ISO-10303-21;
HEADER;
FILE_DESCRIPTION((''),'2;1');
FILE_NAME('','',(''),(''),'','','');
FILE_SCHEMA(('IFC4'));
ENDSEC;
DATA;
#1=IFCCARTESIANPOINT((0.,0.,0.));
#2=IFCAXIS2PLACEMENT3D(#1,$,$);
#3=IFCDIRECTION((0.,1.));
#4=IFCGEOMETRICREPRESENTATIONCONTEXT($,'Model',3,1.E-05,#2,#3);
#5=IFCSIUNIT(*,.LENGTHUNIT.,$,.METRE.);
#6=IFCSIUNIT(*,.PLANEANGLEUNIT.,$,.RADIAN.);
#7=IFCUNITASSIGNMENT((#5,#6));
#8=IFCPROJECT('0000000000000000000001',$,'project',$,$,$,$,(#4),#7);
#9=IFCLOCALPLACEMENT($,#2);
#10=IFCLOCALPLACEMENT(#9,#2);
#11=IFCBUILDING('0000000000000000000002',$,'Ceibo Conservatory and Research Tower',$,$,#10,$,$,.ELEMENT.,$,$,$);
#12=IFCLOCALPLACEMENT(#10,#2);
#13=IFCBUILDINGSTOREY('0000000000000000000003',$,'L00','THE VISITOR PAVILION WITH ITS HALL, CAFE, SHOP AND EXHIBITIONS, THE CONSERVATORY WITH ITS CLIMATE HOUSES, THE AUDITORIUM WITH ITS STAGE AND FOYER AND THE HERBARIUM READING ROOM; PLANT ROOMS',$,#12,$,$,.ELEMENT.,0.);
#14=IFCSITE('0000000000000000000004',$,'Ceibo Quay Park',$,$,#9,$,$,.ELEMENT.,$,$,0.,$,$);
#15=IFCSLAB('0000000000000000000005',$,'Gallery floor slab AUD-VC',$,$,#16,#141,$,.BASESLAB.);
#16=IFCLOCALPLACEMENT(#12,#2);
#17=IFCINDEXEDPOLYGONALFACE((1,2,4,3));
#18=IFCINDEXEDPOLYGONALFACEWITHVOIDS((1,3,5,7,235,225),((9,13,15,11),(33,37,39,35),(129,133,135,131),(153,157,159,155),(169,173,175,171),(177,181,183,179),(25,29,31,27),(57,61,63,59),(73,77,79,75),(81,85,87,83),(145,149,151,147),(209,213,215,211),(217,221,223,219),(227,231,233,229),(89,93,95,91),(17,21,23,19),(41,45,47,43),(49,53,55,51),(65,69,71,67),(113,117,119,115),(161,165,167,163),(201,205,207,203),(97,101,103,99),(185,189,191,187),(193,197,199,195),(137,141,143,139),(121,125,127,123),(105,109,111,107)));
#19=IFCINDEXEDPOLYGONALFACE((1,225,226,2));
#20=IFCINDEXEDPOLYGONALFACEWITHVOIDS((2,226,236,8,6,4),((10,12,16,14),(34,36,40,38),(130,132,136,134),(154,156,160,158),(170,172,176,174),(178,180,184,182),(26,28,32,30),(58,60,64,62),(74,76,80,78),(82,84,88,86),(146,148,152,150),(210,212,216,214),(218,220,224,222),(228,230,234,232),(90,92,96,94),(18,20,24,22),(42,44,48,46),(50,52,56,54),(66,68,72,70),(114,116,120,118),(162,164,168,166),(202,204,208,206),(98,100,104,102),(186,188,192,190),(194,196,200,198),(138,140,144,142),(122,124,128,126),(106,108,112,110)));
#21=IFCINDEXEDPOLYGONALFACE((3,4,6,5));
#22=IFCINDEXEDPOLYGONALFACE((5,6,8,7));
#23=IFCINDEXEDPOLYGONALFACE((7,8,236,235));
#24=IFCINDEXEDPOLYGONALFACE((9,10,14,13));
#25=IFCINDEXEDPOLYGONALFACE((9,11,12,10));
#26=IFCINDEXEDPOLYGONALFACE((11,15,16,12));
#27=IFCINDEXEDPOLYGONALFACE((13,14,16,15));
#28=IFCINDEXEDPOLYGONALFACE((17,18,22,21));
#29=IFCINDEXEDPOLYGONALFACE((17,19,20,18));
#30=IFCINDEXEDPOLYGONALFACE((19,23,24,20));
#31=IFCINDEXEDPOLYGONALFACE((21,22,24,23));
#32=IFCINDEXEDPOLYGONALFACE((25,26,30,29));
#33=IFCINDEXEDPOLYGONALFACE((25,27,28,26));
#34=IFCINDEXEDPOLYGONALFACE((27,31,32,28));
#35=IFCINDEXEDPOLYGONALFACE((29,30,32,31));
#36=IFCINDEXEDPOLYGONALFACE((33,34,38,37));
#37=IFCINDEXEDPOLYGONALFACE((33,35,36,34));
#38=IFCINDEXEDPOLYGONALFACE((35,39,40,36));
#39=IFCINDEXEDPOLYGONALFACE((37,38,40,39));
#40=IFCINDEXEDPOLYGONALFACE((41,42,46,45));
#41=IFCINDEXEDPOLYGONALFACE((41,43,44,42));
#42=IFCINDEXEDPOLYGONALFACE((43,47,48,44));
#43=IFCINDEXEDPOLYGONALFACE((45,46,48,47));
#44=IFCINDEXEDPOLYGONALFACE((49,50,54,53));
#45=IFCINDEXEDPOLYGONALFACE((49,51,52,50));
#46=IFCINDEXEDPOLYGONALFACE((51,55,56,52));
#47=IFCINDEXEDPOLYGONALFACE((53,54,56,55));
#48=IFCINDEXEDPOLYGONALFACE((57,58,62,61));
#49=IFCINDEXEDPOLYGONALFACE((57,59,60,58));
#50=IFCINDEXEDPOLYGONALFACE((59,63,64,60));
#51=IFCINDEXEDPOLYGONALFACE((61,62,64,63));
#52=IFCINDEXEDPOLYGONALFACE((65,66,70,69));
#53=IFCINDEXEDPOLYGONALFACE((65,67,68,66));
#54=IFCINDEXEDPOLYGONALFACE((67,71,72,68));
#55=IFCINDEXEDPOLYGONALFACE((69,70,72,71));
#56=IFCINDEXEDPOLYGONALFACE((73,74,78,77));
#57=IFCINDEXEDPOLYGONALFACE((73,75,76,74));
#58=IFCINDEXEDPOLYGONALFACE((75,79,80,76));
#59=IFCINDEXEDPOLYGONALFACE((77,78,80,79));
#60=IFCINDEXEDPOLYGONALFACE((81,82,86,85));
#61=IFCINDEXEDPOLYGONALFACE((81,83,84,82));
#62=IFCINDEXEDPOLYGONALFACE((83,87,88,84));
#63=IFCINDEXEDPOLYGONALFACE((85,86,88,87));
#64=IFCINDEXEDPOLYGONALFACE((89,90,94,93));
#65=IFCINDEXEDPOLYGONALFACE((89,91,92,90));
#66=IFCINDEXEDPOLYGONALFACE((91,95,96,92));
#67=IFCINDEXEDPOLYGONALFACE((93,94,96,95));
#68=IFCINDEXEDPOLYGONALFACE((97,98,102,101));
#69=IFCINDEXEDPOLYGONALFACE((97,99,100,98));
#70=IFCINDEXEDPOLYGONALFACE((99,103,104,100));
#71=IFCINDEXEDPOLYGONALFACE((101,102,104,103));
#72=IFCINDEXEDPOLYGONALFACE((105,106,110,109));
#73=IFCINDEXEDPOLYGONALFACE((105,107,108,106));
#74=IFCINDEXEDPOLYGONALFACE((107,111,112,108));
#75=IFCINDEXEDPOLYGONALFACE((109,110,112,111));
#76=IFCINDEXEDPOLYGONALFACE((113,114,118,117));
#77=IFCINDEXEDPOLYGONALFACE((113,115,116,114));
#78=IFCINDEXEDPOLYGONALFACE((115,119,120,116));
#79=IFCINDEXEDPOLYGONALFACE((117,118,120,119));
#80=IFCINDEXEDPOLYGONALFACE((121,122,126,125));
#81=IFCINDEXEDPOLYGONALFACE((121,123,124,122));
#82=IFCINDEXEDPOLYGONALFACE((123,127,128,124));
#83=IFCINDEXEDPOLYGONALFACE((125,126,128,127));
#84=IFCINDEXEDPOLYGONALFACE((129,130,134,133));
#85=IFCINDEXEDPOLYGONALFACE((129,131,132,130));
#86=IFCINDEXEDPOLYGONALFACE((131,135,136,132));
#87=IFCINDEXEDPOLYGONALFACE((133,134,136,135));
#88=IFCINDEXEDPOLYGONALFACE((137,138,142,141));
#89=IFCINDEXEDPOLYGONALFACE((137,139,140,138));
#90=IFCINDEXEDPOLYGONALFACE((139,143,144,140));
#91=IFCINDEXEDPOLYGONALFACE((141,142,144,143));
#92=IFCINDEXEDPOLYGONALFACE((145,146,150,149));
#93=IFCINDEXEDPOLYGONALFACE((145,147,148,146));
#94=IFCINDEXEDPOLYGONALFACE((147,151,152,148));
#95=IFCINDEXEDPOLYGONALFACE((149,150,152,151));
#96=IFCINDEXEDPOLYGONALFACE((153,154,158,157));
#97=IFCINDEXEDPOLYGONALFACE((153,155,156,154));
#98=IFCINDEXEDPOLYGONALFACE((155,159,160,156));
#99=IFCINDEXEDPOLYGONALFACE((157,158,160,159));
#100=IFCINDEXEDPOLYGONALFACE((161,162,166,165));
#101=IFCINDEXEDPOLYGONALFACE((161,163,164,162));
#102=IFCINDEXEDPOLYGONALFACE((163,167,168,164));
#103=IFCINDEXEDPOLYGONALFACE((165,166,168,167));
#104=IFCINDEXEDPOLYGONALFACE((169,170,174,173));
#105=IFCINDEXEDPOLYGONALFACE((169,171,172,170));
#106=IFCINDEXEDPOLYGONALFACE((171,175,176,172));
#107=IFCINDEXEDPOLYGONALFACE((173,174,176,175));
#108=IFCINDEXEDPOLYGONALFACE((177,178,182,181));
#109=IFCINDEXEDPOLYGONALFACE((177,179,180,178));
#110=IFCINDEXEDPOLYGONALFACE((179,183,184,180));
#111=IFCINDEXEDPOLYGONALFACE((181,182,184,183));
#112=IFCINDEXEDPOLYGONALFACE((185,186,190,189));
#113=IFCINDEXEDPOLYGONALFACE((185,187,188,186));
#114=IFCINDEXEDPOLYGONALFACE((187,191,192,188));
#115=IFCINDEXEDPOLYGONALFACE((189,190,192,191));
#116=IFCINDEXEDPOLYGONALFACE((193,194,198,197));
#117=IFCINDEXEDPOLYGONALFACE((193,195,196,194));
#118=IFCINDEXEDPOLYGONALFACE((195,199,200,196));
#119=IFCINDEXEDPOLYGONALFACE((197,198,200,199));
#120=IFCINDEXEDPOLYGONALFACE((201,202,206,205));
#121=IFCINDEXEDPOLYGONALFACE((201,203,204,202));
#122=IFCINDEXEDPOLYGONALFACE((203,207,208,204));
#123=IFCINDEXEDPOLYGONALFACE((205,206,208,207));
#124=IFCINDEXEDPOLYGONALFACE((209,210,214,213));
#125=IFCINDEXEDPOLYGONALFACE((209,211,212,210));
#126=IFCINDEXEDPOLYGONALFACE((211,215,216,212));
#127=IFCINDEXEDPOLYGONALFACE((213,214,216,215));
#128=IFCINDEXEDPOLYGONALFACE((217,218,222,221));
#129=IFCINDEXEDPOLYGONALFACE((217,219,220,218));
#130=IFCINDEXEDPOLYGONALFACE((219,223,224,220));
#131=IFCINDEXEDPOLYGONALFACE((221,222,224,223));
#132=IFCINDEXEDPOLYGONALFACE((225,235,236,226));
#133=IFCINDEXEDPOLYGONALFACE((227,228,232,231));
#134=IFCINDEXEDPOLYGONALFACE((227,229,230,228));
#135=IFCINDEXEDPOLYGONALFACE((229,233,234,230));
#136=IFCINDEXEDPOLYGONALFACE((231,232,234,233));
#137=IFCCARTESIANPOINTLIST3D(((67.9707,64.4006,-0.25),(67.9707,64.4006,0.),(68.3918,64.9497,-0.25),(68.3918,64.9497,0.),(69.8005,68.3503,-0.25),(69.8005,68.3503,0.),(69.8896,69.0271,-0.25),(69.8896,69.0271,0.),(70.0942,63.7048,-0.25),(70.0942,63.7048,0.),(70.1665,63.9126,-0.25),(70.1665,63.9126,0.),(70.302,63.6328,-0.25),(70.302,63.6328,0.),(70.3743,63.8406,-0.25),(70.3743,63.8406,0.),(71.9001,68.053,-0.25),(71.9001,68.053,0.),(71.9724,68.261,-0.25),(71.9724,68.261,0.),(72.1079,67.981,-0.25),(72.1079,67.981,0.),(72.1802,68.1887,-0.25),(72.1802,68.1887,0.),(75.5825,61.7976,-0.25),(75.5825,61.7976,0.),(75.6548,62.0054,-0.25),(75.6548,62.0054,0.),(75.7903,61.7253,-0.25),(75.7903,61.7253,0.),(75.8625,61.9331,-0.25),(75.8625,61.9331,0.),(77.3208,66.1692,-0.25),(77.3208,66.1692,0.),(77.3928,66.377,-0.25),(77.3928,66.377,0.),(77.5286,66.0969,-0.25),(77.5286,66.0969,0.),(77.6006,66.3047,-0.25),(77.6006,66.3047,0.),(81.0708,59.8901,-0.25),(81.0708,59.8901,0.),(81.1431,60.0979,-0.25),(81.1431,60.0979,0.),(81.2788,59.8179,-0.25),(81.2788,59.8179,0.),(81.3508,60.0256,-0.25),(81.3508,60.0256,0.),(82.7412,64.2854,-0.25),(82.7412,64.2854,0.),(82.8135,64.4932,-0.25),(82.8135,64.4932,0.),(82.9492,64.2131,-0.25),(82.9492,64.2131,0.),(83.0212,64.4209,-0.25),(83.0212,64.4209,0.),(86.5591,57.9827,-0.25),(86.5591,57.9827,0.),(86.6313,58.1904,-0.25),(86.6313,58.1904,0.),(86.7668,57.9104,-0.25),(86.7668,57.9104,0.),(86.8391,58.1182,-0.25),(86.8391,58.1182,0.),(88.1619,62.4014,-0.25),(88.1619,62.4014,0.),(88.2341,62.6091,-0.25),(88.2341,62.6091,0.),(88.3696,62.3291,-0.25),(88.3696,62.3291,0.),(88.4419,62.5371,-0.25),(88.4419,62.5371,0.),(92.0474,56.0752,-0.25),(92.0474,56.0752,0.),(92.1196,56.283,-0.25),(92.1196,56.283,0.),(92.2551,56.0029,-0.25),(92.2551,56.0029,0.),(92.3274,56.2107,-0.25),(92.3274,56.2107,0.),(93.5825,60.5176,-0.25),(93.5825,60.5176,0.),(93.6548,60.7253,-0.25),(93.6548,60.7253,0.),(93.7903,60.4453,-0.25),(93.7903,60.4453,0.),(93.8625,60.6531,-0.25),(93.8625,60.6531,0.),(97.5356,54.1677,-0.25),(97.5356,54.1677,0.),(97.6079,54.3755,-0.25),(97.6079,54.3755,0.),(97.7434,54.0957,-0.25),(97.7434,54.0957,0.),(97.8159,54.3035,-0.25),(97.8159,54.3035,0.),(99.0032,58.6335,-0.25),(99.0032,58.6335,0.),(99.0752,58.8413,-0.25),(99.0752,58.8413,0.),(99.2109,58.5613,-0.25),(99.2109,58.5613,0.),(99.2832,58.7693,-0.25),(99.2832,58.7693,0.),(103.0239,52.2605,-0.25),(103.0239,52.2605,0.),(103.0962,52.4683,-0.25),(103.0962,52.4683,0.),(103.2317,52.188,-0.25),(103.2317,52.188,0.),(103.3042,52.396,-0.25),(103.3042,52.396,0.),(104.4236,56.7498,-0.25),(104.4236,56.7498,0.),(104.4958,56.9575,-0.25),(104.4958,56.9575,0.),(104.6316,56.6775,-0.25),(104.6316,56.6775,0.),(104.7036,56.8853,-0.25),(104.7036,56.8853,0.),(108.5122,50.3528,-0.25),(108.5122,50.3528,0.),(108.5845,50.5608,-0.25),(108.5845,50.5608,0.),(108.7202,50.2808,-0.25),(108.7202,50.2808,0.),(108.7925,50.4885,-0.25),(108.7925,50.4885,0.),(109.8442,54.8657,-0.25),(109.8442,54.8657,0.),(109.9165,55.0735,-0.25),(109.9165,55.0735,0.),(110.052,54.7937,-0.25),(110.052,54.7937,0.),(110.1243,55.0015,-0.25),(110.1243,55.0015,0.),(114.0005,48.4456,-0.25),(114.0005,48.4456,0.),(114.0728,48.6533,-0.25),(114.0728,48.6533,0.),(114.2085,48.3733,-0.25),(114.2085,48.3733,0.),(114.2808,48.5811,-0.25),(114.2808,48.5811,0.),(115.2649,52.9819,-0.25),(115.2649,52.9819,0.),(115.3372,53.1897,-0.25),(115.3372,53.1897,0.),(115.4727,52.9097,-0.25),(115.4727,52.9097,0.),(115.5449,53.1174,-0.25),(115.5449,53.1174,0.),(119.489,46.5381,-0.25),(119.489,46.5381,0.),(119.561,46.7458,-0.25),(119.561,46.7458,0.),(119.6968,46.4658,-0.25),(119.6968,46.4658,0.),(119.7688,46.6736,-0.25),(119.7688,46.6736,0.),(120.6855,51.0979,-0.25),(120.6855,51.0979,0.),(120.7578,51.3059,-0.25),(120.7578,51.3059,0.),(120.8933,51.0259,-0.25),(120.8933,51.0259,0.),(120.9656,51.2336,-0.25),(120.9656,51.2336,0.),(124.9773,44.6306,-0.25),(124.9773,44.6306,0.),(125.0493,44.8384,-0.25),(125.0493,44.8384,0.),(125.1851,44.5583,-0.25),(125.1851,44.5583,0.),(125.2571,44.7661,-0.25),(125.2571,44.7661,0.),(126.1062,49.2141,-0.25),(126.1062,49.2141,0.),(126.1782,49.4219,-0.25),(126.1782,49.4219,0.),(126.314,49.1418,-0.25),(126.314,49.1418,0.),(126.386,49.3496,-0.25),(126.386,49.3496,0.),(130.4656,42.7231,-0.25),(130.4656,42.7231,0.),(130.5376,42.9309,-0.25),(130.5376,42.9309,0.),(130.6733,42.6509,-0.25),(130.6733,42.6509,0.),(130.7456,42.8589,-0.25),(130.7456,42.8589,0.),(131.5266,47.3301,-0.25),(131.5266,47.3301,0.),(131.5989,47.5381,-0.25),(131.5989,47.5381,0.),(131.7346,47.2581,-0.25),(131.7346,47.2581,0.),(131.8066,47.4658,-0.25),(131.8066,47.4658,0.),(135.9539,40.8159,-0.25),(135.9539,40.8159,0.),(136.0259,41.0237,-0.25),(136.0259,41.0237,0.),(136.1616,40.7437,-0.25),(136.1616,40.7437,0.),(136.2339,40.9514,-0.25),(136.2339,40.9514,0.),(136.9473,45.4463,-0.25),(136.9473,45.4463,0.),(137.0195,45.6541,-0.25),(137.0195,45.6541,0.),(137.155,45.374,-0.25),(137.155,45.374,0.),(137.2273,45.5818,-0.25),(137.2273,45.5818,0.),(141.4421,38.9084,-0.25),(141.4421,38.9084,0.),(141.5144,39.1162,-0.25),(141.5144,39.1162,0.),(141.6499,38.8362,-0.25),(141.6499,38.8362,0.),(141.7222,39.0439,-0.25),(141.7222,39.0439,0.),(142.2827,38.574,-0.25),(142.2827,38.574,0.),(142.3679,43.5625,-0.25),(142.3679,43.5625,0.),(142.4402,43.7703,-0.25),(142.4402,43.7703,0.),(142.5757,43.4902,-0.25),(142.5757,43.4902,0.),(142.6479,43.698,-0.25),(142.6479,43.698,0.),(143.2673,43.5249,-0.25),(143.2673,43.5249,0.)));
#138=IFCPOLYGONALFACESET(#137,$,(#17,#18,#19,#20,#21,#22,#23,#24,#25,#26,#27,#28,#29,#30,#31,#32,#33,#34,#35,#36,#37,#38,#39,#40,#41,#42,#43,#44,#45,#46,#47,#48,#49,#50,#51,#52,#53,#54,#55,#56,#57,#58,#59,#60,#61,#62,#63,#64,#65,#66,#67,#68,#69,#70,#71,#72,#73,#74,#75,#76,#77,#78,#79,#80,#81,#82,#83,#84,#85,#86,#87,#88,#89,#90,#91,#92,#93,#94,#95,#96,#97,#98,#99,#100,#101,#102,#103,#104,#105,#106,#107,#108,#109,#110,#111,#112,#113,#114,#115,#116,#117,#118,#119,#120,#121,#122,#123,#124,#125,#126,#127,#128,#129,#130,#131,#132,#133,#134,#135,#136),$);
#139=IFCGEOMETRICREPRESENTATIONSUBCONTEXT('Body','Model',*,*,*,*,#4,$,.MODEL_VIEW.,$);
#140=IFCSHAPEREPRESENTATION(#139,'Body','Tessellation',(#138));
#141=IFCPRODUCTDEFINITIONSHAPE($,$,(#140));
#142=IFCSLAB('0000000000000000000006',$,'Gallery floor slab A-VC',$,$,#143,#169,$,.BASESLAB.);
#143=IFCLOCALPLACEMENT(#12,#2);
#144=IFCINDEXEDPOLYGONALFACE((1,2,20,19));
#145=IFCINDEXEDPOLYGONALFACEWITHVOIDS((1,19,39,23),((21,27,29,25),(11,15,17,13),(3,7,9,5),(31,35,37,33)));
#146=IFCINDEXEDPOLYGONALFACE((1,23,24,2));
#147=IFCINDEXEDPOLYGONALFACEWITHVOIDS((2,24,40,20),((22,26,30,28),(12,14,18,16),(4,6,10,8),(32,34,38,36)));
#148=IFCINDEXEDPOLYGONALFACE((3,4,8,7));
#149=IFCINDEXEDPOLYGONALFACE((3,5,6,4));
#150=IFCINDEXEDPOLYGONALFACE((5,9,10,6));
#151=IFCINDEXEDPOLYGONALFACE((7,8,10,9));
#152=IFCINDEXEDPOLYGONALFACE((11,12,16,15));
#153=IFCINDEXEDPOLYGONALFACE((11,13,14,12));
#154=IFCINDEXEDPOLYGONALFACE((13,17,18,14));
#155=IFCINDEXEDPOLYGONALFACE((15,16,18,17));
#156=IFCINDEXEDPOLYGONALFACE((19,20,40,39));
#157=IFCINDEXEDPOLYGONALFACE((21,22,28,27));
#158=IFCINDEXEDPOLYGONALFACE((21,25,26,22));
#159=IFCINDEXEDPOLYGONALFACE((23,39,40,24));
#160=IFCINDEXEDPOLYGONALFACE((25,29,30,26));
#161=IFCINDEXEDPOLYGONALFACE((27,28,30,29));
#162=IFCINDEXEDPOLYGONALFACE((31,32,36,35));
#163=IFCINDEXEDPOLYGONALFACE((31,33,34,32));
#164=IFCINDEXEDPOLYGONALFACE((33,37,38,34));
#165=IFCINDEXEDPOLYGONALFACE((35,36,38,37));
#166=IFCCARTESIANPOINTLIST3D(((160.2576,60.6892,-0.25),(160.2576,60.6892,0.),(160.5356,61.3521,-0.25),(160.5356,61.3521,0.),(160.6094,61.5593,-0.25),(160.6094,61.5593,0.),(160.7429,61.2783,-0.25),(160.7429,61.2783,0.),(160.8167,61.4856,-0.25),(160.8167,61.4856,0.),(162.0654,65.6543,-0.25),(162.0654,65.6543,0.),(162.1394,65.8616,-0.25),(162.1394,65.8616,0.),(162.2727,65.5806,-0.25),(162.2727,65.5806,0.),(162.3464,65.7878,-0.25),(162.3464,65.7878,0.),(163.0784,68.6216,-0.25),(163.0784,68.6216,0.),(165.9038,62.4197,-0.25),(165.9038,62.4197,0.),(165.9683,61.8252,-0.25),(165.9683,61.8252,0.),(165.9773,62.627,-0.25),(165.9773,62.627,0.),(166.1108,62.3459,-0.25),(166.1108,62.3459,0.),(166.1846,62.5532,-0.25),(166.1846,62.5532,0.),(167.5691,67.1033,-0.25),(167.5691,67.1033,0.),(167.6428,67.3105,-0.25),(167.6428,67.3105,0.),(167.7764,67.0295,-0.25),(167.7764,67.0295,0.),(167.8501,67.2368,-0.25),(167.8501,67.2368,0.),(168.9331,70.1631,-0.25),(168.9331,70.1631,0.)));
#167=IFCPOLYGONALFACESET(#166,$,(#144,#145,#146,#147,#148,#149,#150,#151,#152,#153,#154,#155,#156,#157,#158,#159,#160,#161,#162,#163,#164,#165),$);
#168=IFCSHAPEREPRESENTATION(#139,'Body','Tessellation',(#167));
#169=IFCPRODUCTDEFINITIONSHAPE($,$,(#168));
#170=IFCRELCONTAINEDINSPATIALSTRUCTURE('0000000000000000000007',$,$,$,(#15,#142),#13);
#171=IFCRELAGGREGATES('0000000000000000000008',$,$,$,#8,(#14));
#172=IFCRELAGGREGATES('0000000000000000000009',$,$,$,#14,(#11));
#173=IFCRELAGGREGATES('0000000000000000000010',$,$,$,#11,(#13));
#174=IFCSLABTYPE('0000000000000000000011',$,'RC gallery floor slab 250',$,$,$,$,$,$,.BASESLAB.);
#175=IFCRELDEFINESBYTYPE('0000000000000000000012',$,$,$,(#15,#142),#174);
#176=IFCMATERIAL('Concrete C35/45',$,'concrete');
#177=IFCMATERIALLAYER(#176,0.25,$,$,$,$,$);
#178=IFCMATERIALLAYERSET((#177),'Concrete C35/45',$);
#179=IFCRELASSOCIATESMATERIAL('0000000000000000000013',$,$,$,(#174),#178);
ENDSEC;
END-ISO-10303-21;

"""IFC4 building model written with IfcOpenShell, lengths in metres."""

from ifc_helpers import new_model, si_unit, direction, frame, origin, place, context, subcontext, project, spatial, polyline, outline, extrude, material, layer, layer_set, type_object, element, save


model = new_model("IFC4")

# Units and contexts
model_context = context("Model", 3, precision=1e-05, world=origin(), true_north=direction((0.0, 1.0)))
body_context = subcontext(model_context, "Body", "Model", "MODEL_VIEW")
ifc_project = project(units=[si_unit("LENGTHUNIT", "METRE"), si_unit("PLANEANGLEUNIT", "RADIAN")], contexts=[model_context])

# Site, building, storey
site_placement = place(None, origin())
site = spatial("IfcSite", under=ifc_project, at=site_placement, Name="Ceibo Quay Park", CompositionType="ELEMENT", RefElevation=0.0)
building_placement = place(site_placement, origin())
building = spatial("IfcBuilding", under=site, at=building_placement, Name="Ceibo Conservatory and Research Tower", CompositionType="ELEMENT")
storey_placement = place(building_placement, origin())
storey = spatial("IfcBuildingStorey", under=building, at=storey_placement, Name="L00", Description="THE VISITOR PAVILION WITH ITS HALL, CAFE, SHOP AND EXHIBITIONS, THE CONSERVATORY WITH ITS CLIMATE HOUSES, THE AUDITORIUM WITH ITS STAGE AND FOYER AND THE HERBARIUM READING ROOM; PLANT ROOMS", CompositionType="ELEMENT", Elevation=0.0)

# Slabs
ifc_material_1 = material(Name="Concrete C35/45", Category="concrete")
ifc_layer_1 = layer(ifc_material_1, 0.25)
ifc_layer_set_1 = layer_set([ifc_layer_1], Name="Concrete C35/45")
slab_type_1 = type_object("IfcSlabType", Name="RC gallery floor slab 250", PredefinedType="BASESLAB", material=ifc_layer_set_1)
slab_1_placement = place(storey_placement, frame((0.0, 0.0, -0.25)))
element("IfcSlab", 1, at=slab_1_placement, inside=storey, type_object=slab_type_1, Name="Gallery floor slab AUD-VC", PredefinedType="BASESLAB", context=body_context, shape_type="SweptSolid", body=[
    extrude(outline(polyline([(67.9707, 64.4006), (68.3918, 64.9497), (69.8005, 68.3503), (69.8896, 69.0271), (143.2673, 43.5249), (142.2827, 38.574), (67.9707, 64.4006)]), holes=[polyline([(103.2317, 52.188), (103.3042, 52.396), (103.0962, 52.4683), (103.0239, 52.2605), (103.2317, 52.188)]), polyline([(97.5356, 54.1677), (97.7434, 54.0957), (97.8159, 54.3035), (97.6079, 54.3755), (97.5356, 54.1677)]), polyline([(92.0474, 56.0752), (92.2551, 56.0029), (92.3274, 56.2107), (92.1196, 56.283), (92.0474, 56.0752)]), polyline([(104.4236, 56.7498), (104.6316, 56.6775), (104.7036, 56.8853), (104.4958, 56.9575), (104.4236, 56.7498)]), polyline([(86.5591, 57.9827), (86.7668, 57.9104), (86.8391, 58.1182), (86.6313, 58.1904), (86.5591, 57.9827)]), polyline([(99.0032, 58.6335), (99.2109, 58.5613), (99.2832, 58.7693), (99.0752, 58.8413), (99.0032, 58.6335)]), polyline([(81.0708, 59.8901), (81.2788, 59.8179), (81.3508, 60.0256), (81.1431, 60.0979), (81.0708, 59.8901)]), polyline([(93.7903, 60.4453), (93.8625, 60.6531), (93.6548, 60.7253), (93.5825, 60.5176), (93.7903, 60.4453)]), polyline([(75.5825, 61.7976), (75.7903, 61.7253), (75.8625, 61.9331), (75.6548, 62.0054), (75.5825, 61.7976)]), polyline([(88.1619, 62.4014), (88.3696, 62.3291), (88.4419, 62.5371), (88.2341, 62.6091), (88.1619, 62.4014)]), polyline([(70.0942, 63.7048), (70.302, 63.6328), (70.3743, 63.8406), (70.1665, 63.9126), (70.0942, 63.7048)]), polyline([(82.7412, 64.2854), (82.9492, 64.2131), (83.0212, 64.4209), (82.8135, 64.4932), (82.7412, 64.2854)]), polyline([(77.3208, 66.1692), (77.5286, 66.0969), (77.6006, 66.3047), (77.3928, 66.377), (77.3208, 66.1692)]), polyline([(71.9001, 68.053), (72.1079, 67.981), (72.1802, 68.1887), (71.9724, 68.261), (71.9001, 68.053)]), polyline([(141.6499, 38.8362), (141.7222, 39.0439), (141.5144, 39.1162), (141.4421, 38.9084), (141.6499, 38.8362)]), polyline([(135.9539, 40.8159), (136.1616, 40.7437), (136.2339, 40.9514), (136.0259, 41.0237), (135.9539, 40.8159)]), polyline([(130.4656, 42.7231), (130.6733, 42.6509), (130.7456, 42.8589), (130.5376, 42.9309), (130.4656, 42.7231)]), polyline([(142.3679, 43.5625), (142.5757, 43.4902), (142.6479, 43.698), (142.4402, 43.7703), (142.3679, 43.5625)]), polyline([(124.9773, 44.6306), (125.1851, 44.5583), (125.2571, 44.7661), (125.0493, 44.8384), (124.9773, 44.6306)]), polyline([(136.9473, 45.4463), (137.155, 45.374), (137.2273, 45.5818), (137.0195, 45.6541), (136.9473, 45.4463)]), polyline([(119.489, 46.5381), (119.6968, 46.4658), (119.7688, 46.6736), (119.561, 46.7458), (119.489, 46.5381)]), polyline([(131.7346, 47.2581), (131.8066, 47.4658), (131.5989, 47.5381), (131.5266, 47.3301), (131.7346, 47.2581)]), polyline([(114.0005, 48.4456), (114.2085, 48.3733), (114.2808, 48.5811), (114.0728, 48.6533), (114.0005, 48.4456)]), polyline([(126.1062, 49.2141), (126.314, 49.1418), (126.386, 49.3496), (126.1782, 49.4219), (126.1062, 49.2141)]), polyline([(108.5122, 50.3528), (108.7202, 50.2808), (108.7925, 50.4885), (108.5845, 50.5608), (108.5122, 50.3528)]), polyline([(120.6855, 51.0979), (120.8933, 51.0259), (120.9656, 51.2336), (120.7578, 51.3059), (120.6855, 51.0979)]), polyline([(115.2649, 52.9819), (115.4727, 52.9097), (115.5449, 53.1174), (115.3372, 53.1897), (115.2649, 52.9819)]), polyline([(109.8442, 54.8657), (110.052, 54.7937), (110.1243, 55.0015), (109.9165, 55.0735), (109.8442, 54.8657)])]), origin(), (0.0, 0.0, 1.0), 0.25),
])
slab_2_placement = place(storey_placement, frame((0.0, 0.0, -0.25)))
element("IfcSlab", 2, at=slab_2_placement, inside=storey, type_object=slab_type_1, Name="Gallery floor slab A-VC", PredefinedType="BASESLAB", context=body_context, shape_type="SweptSolid", body=[
    extrude(outline(polyline([(163.0784, 68.6216), (168.9331, 70.1631), (165.9683, 61.8252), (160.2576, 60.6892), (163.0784, 68.6216)]), holes=[polyline([(160.8167, 61.4856), (160.6094, 61.5593), (160.5356, 61.3521), (160.7429, 61.2783), (160.8167, 61.4856)]), polyline([(166.1846, 62.5532), (165.9773, 62.627), (165.9038, 62.4197), (166.1108, 62.3459), (166.1846, 62.5532)]), polyline([(162.3464, 65.7878), (162.1394, 65.8616), (162.0654, 65.6543), (162.2727, 65.5806), (162.3464, 65.7878)]), polyline([(167.8501, 67.2368), (167.6428, 67.3105), (167.5691, 67.1033), (167.7764, 67.0295), (167.8501, 67.2368)])]), origin(), (0.0, 0.0, 1.0), 0.25),
])

save(model, "model.ifc")
